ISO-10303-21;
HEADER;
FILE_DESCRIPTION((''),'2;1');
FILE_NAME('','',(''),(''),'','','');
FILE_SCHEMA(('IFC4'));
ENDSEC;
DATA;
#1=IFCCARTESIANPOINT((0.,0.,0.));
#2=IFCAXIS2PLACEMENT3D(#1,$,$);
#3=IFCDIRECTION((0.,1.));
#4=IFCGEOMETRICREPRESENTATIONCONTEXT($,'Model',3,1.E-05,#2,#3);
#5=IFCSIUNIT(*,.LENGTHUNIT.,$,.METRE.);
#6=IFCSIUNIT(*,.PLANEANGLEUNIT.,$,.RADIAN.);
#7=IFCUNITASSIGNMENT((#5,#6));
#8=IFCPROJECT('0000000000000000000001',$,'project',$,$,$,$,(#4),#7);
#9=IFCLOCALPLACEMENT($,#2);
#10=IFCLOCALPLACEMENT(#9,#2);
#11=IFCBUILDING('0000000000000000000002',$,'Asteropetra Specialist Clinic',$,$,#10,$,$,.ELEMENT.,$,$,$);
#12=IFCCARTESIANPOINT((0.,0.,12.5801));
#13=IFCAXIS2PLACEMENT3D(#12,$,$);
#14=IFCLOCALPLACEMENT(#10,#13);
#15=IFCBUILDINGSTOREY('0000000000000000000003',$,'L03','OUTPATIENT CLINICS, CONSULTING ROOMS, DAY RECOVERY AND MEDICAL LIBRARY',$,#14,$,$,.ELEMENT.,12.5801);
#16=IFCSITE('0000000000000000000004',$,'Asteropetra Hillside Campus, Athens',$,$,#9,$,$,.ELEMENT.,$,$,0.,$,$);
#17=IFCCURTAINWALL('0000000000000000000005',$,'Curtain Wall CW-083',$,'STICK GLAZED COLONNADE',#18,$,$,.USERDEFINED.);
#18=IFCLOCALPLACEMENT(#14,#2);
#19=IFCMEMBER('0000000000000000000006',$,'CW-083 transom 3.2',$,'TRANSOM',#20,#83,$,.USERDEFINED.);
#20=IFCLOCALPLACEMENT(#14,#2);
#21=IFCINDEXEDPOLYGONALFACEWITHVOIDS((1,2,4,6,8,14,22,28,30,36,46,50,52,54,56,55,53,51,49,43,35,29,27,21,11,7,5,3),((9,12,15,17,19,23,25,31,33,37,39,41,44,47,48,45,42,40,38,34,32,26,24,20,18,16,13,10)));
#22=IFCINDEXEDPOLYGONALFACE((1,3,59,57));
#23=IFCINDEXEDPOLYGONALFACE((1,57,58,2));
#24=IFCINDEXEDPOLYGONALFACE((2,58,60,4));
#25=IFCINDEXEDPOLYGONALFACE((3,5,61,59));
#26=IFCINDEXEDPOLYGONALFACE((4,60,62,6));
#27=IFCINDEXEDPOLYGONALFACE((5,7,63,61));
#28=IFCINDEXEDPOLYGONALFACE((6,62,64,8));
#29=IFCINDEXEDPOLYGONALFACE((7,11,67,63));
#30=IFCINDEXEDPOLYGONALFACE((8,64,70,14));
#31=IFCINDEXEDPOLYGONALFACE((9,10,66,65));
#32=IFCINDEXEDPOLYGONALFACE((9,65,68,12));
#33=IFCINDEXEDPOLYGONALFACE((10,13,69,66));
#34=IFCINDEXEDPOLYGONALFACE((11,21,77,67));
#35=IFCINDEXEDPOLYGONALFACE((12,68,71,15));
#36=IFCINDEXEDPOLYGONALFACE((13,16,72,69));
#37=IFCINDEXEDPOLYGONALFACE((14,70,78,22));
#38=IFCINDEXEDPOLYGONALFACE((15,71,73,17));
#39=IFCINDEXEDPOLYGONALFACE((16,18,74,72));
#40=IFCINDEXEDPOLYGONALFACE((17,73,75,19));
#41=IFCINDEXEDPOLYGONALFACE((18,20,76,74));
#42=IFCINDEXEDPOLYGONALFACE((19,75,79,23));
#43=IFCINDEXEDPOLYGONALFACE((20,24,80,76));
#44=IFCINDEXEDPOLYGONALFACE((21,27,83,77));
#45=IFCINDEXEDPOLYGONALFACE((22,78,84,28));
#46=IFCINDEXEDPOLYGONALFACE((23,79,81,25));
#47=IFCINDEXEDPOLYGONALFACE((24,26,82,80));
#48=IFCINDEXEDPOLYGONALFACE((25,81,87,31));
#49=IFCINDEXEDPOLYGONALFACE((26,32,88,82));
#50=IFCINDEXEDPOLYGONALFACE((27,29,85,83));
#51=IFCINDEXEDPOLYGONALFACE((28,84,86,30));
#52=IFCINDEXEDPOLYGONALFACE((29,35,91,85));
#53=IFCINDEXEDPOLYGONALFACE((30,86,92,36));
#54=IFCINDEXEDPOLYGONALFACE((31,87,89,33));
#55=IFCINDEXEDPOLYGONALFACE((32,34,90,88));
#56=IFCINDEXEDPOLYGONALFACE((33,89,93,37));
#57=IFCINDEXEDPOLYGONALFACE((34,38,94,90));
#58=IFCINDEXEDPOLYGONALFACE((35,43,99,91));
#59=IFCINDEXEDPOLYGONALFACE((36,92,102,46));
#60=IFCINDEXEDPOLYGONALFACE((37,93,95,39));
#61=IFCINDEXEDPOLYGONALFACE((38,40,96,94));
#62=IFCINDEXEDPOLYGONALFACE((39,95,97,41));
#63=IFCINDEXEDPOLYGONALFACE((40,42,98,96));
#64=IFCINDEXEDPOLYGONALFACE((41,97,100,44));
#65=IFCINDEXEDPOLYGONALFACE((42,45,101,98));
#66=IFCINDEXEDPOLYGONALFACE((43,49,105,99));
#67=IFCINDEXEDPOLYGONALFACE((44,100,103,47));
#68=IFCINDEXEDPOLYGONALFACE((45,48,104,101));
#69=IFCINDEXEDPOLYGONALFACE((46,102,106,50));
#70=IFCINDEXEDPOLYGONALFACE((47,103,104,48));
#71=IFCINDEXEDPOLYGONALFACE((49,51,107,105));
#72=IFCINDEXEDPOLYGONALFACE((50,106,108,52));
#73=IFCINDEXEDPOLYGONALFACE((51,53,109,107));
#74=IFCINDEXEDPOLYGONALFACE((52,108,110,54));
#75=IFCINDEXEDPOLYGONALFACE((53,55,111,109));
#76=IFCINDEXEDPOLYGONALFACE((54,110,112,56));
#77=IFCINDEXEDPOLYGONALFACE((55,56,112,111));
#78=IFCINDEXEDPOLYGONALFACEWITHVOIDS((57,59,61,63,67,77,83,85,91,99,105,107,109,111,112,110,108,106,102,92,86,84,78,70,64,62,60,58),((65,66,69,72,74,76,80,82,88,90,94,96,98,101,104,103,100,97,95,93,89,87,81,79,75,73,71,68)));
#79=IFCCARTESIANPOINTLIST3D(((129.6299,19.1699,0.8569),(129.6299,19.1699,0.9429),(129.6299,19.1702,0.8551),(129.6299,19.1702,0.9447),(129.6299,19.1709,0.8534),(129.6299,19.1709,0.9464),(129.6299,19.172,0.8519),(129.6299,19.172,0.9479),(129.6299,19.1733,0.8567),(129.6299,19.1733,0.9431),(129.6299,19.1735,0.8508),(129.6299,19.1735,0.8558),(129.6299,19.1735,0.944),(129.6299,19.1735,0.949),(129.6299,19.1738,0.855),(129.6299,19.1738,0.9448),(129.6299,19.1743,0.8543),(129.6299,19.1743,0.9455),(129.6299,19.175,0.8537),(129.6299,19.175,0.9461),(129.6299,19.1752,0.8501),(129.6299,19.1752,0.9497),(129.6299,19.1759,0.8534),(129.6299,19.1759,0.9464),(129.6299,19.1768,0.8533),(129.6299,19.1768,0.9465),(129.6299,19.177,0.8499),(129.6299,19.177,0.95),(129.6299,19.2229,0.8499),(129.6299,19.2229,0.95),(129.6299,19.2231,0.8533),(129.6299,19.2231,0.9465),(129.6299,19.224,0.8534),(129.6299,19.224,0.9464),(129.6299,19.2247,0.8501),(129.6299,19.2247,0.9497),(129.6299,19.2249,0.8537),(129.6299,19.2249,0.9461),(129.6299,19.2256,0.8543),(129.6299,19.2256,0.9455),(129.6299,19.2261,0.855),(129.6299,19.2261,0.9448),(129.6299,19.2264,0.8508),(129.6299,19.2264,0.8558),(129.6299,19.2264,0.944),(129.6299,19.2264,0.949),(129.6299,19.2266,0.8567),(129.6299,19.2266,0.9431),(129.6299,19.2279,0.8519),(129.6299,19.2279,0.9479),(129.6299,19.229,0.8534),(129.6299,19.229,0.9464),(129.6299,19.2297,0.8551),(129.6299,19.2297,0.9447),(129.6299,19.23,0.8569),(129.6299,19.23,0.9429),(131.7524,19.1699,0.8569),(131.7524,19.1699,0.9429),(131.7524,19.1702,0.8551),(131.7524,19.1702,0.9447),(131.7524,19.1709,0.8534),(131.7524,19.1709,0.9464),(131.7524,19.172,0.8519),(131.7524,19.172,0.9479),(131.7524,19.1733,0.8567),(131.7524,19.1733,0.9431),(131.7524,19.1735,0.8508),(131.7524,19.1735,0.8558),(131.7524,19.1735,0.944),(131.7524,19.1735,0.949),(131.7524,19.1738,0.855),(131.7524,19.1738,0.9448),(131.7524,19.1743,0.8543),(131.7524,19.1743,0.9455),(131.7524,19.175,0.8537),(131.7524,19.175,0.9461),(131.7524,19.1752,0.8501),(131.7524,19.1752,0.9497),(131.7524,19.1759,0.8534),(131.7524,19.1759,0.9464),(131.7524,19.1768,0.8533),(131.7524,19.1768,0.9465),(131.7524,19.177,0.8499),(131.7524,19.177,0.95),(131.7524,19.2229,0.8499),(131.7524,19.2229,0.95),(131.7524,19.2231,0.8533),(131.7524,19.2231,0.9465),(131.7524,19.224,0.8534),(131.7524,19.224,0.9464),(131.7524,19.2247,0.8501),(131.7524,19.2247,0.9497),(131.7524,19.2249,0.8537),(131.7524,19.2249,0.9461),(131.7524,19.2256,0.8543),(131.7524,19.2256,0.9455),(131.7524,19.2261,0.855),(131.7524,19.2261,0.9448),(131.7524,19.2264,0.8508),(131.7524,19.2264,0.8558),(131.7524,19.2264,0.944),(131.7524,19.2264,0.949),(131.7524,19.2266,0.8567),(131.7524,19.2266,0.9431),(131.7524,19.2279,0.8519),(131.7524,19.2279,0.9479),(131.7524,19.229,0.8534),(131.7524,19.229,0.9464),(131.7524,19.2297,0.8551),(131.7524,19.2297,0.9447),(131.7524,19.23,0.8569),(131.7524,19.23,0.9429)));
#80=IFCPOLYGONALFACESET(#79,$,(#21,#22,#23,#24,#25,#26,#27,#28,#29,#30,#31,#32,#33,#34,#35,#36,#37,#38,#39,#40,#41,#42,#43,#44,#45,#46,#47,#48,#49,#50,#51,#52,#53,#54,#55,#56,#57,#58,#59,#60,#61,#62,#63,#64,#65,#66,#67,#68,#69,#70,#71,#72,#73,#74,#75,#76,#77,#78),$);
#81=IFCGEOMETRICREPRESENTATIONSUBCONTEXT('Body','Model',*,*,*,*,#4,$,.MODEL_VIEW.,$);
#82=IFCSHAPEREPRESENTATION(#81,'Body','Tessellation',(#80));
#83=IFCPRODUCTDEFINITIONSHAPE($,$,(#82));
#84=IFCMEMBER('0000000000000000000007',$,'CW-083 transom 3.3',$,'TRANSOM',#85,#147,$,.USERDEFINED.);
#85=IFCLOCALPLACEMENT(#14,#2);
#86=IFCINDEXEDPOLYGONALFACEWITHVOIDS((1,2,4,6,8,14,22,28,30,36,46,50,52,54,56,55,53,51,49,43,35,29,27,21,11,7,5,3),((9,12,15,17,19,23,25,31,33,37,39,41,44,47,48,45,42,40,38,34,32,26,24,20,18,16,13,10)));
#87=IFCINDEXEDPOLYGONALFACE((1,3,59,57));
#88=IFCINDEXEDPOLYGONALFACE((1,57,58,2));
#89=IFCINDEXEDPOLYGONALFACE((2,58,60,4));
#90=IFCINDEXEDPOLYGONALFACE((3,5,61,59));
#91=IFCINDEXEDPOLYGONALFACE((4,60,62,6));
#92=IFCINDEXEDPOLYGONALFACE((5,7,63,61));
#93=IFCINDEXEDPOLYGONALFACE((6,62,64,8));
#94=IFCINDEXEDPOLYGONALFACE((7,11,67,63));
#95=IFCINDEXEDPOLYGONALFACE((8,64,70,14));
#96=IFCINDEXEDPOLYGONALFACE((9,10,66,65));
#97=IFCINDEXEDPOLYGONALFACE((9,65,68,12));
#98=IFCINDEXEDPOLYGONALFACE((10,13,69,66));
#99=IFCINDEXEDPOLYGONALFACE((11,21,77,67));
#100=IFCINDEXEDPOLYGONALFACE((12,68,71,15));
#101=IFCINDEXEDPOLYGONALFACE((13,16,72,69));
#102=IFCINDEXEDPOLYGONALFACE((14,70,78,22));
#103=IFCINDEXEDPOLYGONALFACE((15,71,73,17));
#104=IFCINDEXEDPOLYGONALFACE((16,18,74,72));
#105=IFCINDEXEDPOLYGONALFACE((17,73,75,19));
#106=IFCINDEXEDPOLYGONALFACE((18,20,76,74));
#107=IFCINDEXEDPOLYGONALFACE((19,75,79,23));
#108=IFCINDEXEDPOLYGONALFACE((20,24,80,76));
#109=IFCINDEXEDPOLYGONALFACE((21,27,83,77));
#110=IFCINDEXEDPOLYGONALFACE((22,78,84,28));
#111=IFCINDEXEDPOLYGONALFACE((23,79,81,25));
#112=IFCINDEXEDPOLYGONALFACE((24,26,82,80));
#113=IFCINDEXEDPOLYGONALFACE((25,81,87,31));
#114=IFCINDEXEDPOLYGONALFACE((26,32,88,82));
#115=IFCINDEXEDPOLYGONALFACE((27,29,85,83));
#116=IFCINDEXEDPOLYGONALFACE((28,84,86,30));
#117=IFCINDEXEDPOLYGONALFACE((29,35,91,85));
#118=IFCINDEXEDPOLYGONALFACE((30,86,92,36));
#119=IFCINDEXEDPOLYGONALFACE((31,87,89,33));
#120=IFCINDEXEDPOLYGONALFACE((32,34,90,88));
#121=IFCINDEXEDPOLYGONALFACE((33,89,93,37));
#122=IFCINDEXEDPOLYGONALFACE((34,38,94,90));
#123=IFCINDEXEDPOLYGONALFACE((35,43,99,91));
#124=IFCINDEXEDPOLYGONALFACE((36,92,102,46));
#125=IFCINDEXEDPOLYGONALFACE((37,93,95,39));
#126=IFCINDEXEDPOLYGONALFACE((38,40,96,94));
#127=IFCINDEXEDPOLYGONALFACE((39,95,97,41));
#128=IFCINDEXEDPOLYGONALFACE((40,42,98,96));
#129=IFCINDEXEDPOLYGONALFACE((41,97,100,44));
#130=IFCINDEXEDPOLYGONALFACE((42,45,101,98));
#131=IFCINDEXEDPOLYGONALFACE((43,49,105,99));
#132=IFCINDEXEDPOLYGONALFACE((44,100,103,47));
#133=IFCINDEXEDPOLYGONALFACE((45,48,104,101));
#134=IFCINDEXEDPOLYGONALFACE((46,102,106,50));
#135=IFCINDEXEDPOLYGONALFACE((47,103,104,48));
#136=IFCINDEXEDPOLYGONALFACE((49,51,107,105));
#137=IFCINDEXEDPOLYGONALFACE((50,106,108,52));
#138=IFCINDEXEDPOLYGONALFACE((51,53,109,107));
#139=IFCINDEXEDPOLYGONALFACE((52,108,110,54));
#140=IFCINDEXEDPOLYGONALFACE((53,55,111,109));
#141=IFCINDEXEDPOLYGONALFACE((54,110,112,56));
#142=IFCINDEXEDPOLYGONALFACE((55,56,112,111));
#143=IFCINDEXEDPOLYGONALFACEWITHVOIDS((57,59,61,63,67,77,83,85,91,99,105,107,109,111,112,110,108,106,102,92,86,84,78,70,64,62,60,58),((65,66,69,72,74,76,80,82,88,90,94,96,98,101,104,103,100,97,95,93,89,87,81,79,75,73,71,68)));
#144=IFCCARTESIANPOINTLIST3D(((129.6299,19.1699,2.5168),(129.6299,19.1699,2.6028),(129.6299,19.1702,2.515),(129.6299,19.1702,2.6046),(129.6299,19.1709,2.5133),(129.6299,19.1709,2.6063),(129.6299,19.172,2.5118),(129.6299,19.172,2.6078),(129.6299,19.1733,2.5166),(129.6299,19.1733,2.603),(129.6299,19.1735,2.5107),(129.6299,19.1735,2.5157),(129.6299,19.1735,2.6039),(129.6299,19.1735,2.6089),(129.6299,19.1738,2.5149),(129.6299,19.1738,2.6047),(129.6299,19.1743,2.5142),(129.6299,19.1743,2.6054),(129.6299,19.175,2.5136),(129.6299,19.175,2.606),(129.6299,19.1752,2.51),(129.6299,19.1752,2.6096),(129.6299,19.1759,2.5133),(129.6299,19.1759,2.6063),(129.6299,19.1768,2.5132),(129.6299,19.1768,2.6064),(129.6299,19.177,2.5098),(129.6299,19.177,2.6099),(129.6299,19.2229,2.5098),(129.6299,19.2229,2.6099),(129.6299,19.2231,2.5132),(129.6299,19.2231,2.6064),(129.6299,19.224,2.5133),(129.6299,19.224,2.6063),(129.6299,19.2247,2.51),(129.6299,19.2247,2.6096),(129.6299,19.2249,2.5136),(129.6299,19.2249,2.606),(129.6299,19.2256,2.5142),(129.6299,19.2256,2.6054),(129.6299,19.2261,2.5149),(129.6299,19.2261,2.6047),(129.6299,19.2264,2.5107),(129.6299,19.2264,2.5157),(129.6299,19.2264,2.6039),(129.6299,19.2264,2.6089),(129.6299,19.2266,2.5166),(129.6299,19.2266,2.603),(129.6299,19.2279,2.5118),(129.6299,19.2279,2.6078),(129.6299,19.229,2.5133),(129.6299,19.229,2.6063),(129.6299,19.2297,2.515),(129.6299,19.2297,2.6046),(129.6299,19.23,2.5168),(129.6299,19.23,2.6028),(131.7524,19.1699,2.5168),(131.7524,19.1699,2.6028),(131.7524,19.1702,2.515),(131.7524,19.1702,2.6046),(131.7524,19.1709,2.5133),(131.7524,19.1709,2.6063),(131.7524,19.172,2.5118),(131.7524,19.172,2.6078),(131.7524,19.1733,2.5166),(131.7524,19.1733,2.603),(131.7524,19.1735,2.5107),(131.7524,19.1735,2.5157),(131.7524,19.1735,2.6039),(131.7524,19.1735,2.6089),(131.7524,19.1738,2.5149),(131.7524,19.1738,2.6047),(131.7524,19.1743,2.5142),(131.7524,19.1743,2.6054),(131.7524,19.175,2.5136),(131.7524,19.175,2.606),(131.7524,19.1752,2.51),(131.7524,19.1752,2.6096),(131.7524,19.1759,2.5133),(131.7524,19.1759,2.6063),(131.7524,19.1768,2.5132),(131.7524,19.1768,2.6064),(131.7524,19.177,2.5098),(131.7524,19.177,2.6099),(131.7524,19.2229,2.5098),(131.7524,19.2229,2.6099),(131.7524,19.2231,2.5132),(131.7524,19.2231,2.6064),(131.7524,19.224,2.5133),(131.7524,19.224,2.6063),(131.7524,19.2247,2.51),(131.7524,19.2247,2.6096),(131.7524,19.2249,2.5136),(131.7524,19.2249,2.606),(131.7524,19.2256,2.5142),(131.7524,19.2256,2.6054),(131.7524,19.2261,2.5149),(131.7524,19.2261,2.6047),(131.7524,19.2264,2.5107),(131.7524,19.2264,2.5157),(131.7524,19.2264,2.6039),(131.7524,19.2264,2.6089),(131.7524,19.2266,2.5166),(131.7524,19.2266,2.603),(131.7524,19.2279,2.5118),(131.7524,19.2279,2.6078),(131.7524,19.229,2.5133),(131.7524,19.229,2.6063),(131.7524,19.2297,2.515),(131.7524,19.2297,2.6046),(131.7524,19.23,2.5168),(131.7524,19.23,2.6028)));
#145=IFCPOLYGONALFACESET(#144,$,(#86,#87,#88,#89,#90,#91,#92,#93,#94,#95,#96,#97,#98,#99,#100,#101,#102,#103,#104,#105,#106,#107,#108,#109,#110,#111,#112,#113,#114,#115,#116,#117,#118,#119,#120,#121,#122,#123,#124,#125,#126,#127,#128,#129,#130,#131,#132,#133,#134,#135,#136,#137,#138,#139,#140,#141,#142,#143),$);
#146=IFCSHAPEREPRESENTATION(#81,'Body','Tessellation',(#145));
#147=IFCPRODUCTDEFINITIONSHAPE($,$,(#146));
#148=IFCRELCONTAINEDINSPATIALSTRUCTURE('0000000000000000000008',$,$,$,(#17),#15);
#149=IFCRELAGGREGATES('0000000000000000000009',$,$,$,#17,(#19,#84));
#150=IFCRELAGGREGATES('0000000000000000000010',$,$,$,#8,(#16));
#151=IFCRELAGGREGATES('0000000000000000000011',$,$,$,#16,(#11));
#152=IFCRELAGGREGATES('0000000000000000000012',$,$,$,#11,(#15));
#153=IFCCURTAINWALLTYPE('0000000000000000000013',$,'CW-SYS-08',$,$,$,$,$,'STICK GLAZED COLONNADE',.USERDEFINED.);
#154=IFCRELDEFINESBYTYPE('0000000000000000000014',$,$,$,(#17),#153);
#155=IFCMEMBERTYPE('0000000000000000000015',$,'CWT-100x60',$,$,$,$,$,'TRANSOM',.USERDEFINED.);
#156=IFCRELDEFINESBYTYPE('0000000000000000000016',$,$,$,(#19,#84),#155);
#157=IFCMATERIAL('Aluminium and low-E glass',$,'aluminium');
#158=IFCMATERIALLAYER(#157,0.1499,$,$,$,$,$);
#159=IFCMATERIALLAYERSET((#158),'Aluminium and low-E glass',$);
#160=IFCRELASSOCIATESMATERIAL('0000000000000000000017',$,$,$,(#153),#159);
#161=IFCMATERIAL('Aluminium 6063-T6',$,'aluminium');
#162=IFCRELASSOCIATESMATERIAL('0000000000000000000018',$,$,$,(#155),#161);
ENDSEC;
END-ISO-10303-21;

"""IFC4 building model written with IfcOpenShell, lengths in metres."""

from ifc_helpers import new_model, si_unit, direction, frame, origin, origin_2d, place, context, subcontext, project, spatial, hollow_rectangle, extrude, material, layer, layer_set, material_profile, profile_set, type_object, element, aggregate, save


model = new_model("IFC4")

# Units and contexts
model_context = context("Model", 3, precision=1e-05, world=origin(), true_north=direction((0.0, 1.0)))
body_context = subcontext(model_context, "Body", "Model", "MODEL_VIEW")
ifc_project = project(units=[si_unit("LENGTHUNIT", "METRE"), si_unit("PLANEANGLEUNIT", "RADIAN")], contexts=[model_context])

# Site, building, storey
site_placement = place(None, origin())
site = spatial("IfcSite", under=ifc_project, at=site_placement, Name="Asteropetra Hillside Campus, Athens", CompositionType="ELEMENT", RefElevation=0.0)
building_placement = place(site_placement, origin())
building = spatial("IfcBuilding", under=site, at=building_placement, Name="Asteropetra Specialist Clinic", CompositionType="ELEMENT")
storey_placement = place(building_placement, frame((0.0, 0.0, 12.5801)))
storey = spatial("IfcBuildingStorey", under=building, at=storey_placement, Name="L03", Description="OUTPATIENT CLINICS, CONSULTING ROOMS, DAY RECOVERY AND MEDICAL LIBRARY", CompositionType="ELEMENT", Elevation=12.5801)

# Curtain wall, members
ifc_material_1 = material(Name="Aluminium and low-E glass", Category="aluminium")
ifc_layer_1 = layer(ifc_material_1, 0.1499)
ifc_layer_set_1 = layer_set([ifc_layer_1], Name="Aluminium and low-E glass")
curtain_wall_type = type_object("IfcCurtainWallType", Name="CW-SYS-08", ElementType="STICK GLAZED COLONNADE", PredefinedType="USERDEFINED", material=ifc_layer_set_1)
curtain_wall_placement = place(storey_placement, origin())
curtain_wall = element("IfcCurtainWall", 1, at=curtain_wall_placement, inside=storey, type_object=curtain_wall_type, Name="Curtain Wall CW-083", ObjectType="STICK GLAZED COLONNADE", PredefinedType="USERDEFINED")
ifc_material_2 = material(Name="Aluminium 6063-T6", Category="aluminium")
ifc_material_profile_1 = material_profile(ifc_material_2, hollow_rectangle(XDim=0.0601, YDim=0.1001, WallThickness=0.0034, InnerFilletRadius=0.0034, OuterFilletRadius=0.0071, at=origin_2d()), Name="TRN 100x60x3.5")
ifc_profile_set_1 = profile_set([ifc_material_profile_1], Name="Aluminium 6063-T6")
member_type_1 = type_object("IfcMemberType", Name="CWT-100x60", ElementType="TRANSOM", PredefinedType="USERDEFINED", material=ifc_profile_set_1)
member_1_placement = place(storey_placement, frame((129.6299, 19.2, 0.8999), z_axis=(1.0, 0.0, 0.0), x_axis=(0.0, 1.0, 0.0)))
member_1 = element("IfcMember", 2, at=member_1_placement, type_object=member_type_1, Name="CW-083 transom 3.2", ObjectType="TRANSOM", PredefinedType="USERDEFINED", context=body_context, shape_type="SweptSolid", body=[
    extrude(hollow_rectangle(XDim=0.0601, YDim=0.1001, WallThickness=0.0034, InnerFilletRadius=0.0034, OuterFilletRadius=0.0071, at=origin_2d()), origin(), (0.0, 0.0, 1.0), 2.1226),
])
member_2_placement = place(storey_placement, frame((129.6299, 19.2, 2.5598), z_axis=(1.0, 0.0, 0.0), x_axis=(0.0, 1.0, 0.0)))
member_2 = element("IfcMember", 3, at=member_2_placement, type_object=member_type_1, Name="CW-083 transom 3.3", ObjectType="TRANSOM", PredefinedType="USERDEFINED", context=body_context, shape_type="SweptSolid", body=[
    extrude(hollow_rectangle(XDim=0.0601, YDim=0.1001, WallThickness=0.0034, InnerFilletRadius=0.0034, OuterFilletRadius=0.0071, at=origin_2d()), origin(), (0.0, 0.0, 1.0), 2.1226),
])

aggregate(curtain_wall, [member_1, member_2])

save(model, "model.ifc")
